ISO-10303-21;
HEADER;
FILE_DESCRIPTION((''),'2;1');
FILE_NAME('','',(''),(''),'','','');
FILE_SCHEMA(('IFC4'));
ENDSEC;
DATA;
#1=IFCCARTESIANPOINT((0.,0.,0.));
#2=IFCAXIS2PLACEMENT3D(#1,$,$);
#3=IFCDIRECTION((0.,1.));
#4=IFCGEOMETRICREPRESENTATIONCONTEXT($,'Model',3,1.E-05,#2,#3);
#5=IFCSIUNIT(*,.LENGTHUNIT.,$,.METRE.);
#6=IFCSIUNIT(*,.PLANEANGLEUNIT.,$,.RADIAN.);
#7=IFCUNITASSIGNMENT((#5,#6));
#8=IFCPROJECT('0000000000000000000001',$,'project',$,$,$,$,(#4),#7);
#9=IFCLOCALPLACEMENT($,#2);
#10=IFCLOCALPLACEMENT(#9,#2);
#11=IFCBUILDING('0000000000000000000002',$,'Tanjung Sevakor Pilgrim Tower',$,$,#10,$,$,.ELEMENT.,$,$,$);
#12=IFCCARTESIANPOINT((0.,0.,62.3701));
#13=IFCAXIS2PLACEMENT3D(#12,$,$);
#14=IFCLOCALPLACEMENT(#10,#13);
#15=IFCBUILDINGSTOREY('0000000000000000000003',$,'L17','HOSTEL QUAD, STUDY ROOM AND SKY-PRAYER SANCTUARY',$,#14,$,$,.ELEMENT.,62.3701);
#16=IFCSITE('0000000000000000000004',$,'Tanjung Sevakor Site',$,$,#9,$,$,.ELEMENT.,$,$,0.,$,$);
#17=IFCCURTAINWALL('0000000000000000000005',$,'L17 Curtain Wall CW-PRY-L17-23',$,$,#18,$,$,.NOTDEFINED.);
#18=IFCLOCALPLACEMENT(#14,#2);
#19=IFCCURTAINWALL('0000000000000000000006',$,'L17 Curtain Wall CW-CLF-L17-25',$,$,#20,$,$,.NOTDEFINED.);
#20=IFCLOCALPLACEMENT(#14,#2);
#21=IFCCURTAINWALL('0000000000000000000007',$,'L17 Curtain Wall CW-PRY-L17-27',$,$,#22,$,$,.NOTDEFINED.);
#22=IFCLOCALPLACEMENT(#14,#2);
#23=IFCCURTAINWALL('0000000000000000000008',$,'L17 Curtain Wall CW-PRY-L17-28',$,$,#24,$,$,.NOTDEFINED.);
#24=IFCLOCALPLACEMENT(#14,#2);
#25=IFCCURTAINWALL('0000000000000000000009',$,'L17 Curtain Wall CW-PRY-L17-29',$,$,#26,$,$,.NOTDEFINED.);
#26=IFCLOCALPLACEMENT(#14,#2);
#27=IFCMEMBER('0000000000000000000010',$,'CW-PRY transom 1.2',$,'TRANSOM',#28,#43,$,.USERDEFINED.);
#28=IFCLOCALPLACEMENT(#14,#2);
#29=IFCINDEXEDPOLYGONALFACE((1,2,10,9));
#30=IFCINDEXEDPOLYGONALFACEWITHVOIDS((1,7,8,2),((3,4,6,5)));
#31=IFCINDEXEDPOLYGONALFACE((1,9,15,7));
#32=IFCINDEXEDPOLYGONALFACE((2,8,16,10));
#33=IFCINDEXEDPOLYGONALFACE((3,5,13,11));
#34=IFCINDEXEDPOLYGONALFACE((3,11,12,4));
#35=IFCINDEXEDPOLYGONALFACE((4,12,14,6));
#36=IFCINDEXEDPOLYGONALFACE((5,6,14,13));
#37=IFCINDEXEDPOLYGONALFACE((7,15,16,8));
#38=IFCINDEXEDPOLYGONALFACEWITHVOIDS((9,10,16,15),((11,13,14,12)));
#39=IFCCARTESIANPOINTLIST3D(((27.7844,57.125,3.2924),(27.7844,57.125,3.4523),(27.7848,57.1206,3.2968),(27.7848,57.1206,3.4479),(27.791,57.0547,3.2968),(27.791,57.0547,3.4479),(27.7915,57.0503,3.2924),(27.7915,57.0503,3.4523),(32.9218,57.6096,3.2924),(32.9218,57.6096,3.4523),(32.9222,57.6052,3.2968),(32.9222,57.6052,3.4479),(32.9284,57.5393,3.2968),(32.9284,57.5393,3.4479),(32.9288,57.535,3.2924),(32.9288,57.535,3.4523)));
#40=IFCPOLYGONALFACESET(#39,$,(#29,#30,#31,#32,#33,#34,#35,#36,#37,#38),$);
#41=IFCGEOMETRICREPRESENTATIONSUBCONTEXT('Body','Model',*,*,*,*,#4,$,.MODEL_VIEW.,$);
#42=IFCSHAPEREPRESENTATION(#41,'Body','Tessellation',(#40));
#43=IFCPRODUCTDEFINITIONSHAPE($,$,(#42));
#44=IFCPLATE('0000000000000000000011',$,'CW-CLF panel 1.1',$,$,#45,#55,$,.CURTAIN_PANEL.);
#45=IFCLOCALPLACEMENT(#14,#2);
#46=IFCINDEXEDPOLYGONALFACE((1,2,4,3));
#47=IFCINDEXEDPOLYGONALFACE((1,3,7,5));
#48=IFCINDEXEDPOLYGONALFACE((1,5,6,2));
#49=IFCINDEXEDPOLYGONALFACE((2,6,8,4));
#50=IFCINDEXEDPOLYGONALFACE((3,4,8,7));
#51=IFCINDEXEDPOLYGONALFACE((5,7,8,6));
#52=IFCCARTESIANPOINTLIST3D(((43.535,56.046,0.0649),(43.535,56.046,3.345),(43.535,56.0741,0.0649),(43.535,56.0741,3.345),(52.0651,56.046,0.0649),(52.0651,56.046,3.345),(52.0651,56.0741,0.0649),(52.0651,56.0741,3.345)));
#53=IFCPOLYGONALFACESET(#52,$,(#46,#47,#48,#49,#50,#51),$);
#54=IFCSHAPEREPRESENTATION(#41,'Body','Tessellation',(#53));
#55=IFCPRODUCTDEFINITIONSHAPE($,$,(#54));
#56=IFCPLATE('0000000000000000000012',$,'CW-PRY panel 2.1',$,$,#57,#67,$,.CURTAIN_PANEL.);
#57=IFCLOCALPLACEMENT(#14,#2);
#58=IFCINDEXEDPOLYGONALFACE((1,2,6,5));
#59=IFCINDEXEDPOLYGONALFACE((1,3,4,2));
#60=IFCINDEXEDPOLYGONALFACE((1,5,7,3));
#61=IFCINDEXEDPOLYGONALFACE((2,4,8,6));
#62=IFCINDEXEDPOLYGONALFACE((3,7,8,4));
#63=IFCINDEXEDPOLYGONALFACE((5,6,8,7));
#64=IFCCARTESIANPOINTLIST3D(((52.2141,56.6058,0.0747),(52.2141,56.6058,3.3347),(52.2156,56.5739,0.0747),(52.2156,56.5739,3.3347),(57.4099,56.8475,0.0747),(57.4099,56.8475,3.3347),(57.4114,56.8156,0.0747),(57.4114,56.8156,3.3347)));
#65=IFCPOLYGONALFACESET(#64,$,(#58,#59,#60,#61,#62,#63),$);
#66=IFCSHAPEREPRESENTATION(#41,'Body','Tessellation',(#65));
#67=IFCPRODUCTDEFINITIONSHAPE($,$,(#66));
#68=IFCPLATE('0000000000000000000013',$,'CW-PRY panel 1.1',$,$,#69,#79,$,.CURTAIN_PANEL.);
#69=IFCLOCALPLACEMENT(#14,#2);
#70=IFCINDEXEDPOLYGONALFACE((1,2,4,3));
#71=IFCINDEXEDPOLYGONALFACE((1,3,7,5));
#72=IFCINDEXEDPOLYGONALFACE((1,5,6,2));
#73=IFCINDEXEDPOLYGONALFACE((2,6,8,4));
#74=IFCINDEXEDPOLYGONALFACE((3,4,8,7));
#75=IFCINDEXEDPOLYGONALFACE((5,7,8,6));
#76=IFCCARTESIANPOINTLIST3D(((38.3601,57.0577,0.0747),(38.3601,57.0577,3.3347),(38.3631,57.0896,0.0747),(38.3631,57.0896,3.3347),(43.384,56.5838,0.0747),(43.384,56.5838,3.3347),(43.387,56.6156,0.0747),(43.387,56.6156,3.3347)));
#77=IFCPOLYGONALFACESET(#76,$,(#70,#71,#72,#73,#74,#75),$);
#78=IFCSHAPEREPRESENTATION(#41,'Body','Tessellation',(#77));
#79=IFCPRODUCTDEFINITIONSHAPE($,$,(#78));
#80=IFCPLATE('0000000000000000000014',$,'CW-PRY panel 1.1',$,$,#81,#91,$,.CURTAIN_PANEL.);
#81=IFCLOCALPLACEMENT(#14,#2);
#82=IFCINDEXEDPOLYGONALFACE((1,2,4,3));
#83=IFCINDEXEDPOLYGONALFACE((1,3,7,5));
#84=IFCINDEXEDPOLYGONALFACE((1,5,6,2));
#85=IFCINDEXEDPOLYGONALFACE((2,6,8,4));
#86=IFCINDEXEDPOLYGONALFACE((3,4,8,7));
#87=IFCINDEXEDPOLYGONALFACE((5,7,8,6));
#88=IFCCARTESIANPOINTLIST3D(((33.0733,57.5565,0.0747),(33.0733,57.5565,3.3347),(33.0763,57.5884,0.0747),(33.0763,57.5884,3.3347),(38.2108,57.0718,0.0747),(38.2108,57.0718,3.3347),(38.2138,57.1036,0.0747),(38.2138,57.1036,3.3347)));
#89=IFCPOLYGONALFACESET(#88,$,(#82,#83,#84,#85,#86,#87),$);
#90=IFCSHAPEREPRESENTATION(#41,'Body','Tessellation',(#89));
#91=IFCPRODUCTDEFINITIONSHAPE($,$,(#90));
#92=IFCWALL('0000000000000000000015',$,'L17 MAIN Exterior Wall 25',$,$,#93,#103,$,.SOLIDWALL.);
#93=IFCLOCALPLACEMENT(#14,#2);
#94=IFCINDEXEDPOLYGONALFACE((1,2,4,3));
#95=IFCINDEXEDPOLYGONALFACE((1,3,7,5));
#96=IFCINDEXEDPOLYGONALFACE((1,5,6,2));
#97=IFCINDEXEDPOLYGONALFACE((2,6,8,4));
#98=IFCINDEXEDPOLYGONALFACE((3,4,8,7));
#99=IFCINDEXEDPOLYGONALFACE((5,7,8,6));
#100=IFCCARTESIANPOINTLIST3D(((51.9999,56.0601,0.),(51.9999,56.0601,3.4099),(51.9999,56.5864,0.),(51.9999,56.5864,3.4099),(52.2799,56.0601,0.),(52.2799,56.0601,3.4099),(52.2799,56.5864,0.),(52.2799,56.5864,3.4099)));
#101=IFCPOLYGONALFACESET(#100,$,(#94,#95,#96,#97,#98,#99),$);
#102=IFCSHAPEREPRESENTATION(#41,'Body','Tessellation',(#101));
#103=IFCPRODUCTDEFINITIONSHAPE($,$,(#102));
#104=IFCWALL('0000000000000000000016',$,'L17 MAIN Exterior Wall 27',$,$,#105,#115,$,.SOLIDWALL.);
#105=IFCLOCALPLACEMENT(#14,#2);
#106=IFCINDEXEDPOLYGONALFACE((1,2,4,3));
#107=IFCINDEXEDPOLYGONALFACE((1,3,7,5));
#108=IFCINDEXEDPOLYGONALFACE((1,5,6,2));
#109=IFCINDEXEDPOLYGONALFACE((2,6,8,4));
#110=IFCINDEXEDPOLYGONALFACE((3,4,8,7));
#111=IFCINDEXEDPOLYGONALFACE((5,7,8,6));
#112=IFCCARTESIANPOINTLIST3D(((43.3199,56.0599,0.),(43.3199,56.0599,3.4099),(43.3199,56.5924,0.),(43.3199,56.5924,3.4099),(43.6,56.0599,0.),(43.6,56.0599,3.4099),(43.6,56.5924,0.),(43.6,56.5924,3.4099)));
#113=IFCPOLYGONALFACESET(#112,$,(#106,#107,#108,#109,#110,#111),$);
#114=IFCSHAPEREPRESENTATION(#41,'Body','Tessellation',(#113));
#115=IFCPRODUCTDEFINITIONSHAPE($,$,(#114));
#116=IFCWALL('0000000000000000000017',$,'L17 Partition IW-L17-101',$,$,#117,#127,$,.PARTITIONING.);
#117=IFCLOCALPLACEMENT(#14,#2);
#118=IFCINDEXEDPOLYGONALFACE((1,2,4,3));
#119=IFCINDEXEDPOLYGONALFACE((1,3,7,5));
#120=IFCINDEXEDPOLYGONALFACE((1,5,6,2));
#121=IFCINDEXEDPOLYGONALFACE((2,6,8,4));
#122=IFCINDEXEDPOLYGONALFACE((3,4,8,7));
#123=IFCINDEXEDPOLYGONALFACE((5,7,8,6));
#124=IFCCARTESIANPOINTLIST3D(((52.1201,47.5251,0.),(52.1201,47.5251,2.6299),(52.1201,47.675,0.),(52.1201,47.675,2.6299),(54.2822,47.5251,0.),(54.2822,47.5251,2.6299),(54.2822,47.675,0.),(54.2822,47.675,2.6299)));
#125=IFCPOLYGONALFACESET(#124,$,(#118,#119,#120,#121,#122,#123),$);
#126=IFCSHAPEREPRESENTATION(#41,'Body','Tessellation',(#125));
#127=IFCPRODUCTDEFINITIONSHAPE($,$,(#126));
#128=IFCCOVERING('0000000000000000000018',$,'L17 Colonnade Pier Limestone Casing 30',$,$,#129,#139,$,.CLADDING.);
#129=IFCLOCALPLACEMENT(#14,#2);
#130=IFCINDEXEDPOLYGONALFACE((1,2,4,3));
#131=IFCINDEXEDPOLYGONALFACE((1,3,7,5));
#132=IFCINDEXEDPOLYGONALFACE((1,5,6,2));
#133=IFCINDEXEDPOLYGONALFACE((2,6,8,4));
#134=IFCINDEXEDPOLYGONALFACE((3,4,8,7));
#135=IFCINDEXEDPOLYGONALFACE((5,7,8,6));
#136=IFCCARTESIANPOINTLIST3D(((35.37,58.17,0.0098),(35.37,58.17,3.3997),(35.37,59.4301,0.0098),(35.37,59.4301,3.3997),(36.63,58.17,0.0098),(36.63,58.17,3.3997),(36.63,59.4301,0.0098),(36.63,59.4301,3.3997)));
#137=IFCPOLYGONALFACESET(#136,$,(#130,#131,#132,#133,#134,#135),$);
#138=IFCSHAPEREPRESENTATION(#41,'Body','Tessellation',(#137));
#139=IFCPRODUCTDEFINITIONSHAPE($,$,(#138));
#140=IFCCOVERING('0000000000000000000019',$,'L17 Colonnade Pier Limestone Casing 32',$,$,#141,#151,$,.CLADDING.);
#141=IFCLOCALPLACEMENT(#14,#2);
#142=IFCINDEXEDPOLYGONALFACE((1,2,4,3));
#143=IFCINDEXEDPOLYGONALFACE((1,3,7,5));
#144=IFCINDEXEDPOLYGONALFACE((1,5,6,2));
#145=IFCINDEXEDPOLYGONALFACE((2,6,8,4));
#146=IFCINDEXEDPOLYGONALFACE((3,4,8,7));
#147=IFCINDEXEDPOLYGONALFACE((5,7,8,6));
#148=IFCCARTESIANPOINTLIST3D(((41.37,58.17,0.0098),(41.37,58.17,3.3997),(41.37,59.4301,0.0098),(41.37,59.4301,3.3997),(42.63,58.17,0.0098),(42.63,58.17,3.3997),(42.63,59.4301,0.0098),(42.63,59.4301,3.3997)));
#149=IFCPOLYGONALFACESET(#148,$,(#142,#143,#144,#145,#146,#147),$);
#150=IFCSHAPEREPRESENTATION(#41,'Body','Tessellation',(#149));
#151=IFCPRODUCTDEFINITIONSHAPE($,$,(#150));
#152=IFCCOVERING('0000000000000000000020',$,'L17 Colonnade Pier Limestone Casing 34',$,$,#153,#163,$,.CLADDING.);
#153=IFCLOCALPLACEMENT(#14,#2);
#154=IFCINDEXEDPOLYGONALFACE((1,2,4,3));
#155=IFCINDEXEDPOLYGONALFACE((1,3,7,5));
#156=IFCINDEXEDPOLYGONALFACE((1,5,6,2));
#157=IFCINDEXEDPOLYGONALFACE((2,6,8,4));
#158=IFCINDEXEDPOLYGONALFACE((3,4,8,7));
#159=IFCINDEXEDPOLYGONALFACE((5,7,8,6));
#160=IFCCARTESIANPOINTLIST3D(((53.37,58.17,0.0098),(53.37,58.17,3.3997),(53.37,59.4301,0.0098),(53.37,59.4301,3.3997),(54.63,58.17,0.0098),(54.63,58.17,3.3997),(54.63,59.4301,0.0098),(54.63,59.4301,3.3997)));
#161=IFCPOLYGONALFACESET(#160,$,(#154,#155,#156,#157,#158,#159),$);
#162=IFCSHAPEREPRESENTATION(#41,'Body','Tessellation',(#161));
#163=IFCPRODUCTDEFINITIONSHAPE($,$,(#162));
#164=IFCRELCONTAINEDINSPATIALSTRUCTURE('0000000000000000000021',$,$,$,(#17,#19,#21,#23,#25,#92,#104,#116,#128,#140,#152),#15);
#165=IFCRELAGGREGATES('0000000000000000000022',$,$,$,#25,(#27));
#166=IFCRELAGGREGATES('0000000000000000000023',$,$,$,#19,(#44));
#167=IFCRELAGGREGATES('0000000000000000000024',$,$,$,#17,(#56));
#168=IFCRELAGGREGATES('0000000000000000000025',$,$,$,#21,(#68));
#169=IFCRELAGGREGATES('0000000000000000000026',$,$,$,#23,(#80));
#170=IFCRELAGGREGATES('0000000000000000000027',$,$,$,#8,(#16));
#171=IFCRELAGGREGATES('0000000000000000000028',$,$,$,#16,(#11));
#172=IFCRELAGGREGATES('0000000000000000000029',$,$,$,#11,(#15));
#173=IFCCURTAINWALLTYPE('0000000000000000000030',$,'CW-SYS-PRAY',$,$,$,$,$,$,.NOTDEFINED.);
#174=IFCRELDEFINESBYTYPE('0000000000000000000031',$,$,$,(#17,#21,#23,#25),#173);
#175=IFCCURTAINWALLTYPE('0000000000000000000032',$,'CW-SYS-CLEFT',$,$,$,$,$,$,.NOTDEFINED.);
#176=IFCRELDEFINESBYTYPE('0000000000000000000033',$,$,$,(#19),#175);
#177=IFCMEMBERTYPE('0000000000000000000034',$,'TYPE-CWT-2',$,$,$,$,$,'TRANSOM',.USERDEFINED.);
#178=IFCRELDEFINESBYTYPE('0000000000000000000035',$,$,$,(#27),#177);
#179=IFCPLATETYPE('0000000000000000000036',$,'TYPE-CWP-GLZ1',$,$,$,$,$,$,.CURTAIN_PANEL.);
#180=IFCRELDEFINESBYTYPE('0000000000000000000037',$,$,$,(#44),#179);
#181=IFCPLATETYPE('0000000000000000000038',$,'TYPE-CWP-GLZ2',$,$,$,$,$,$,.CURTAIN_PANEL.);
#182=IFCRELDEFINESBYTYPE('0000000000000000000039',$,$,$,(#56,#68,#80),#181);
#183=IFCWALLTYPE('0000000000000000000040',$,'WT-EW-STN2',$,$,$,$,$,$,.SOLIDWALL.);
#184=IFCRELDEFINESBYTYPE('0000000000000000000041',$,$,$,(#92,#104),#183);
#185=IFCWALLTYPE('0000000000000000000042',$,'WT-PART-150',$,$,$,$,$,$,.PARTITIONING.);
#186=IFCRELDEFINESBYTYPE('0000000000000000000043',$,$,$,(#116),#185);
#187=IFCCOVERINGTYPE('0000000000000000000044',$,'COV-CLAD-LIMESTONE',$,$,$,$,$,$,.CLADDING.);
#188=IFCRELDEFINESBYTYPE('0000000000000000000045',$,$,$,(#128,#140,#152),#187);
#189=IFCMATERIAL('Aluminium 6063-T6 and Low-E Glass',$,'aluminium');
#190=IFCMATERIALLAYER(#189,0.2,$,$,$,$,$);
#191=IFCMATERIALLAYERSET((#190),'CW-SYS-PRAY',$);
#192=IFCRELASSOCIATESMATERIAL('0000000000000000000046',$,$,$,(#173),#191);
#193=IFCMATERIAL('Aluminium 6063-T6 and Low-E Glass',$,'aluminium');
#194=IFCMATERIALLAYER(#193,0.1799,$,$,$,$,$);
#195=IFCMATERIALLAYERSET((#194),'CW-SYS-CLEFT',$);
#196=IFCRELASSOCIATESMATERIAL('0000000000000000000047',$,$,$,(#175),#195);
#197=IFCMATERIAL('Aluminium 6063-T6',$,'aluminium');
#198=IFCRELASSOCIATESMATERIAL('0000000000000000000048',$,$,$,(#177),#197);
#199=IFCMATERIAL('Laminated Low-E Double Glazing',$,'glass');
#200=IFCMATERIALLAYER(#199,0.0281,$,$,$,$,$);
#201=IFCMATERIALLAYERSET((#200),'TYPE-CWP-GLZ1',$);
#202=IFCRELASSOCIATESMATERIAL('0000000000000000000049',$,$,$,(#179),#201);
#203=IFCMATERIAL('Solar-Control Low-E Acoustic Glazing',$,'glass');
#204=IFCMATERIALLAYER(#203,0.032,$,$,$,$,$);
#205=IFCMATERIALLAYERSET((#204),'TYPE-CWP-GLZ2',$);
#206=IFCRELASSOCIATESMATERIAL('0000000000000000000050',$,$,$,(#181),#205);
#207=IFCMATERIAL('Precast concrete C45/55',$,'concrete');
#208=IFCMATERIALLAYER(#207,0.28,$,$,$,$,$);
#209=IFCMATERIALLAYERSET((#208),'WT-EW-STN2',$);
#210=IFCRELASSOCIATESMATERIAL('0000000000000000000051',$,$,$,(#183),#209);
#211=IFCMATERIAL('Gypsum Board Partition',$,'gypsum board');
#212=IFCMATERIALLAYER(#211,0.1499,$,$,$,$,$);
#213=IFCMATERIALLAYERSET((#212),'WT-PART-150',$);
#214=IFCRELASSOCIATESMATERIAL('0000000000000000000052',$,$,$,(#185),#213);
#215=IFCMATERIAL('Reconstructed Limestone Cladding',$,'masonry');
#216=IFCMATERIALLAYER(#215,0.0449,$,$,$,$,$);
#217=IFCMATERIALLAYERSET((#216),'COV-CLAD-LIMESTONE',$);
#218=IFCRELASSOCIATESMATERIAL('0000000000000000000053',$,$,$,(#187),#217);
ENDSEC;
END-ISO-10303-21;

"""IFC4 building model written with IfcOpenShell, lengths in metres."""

from ifc_helpers import new_model, si_unit, direction, frame, frame_2d, origin, origin_2d, place, context, subcontext, project, spatial, rectangle, hollow_rectangle, extrude, material, layer, layer_set, material_profile, profile_set, type_object, element, aggregate, save


model = new_model("IFC4")

# Units and contexts
model_context = context("Model", 3, precision=1e-05, world=origin(), true_north=direction((0.0, 1.0)))
body_context = subcontext(model_context, "Body", "Model", "MODEL_VIEW")
ifc_project = project(units=[si_unit("LENGTHUNIT", "METRE"), si_unit("PLANEANGLEUNIT", "RADIAN")], contexts=[model_context])

# Site, building, storey
site_placement = place(None, origin())
site = spatial("IfcSite", under=ifc_project, at=site_placement, Name="Tanjung Sevakor Site", CompositionType="ELEMENT", RefElevation=0.0)
building_placement = place(site_placement, origin())
building = spatial("IfcBuilding", under=site, at=building_placement, Name="Tanjung Sevakor Pilgrim Tower", CompositionType="ELEMENT")
storey_placement = place(building_placement, frame((0.0, 0.0, 62.3701)))
storey = spatial("IfcBuildingStorey", under=building, at=storey_placement, Name="L17", Description="HOSTEL QUAD, STUDY ROOM AND SKY-PRAYER SANCTUARY", CompositionType="ELEMENT", Elevation=62.3701)

# Curtain walls
ifc_material_1 = material(Name="Aluminium 6063-T6 and Low-E Glass", Category="aluminium")
ifc_layer_1 = layer(ifc_material_1, 0.2)
ifc_layer_set_1 = layer_set([ifc_layer_1], Name="CW-SYS-PRAY")
curtain_wall_type_1 = type_object("IfcCurtainWallType", Name="CW-SYS-PRAY", PredefinedType="NOTDEFINED", material=ifc_layer_set_1)
curtain_wall_1_placement = place(storey_placement, origin())
curtain_wall_1 = element("IfcCurtainWall", 1, at=curtain_wall_1_placement, inside=storey, type_object=curtain_wall_type_1, Name="L17 Curtain Wall CW-PRY-L17-23", PredefinedType="NOTDEFINED")
ifc_material_2 = material(Name="Aluminium 6063-T6 and Low-E Glass", Category="aluminium")
ifc_layer_2 = layer(ifc_material_2, 0.1799)
ifc_layer_set_2 = layer_set([ifc_layer_2], Name="CW-SYS-CLEFT")
curtain_wall_type_2 = type_object("IfcCurtainWallType", Name="CW-SYS-CLEFT", PredefinedType="NOTDEFINED", material=ifc_layer_set_2)
curtain_wall_2_placement = place(storey_placement, origin())
curtain_wall_2 = element("IfcCurtainWall", 2, at=curtain_wall_2_placement, inside=storey, type_object=curtain_wall_type_2, Name="L17 Curtain Wall CW-CLF-L17-25", PredefinedType="NOTDEFINED")
curtain_wall_3_placement = place(storey_placement, origin())
curtain_wall_3 = element("IfcCurtainWall", 3, at=curtain_wall_3_placement, inside=storey, type_object=curtain_wall_type_1, Name="L17 Curtain Wall CW-PRY-L17-27", PredefinedType="NOTDEFINED")
curtain_wall_4_placement = place(storey_placement, origin())
curtain_wall_4 = element("IfcCurtainWall", 4, at=curtain_wall_4_placement, inside=storey, type_object=curtain_wall_type_1, Name="L17 Curtain Wall CW-PRY-L17-28", PredefinedType="NOTDEFINED")

# Curtain wall
curtain_wall_5_placement = place(storey_placement, origin())
curtain_wall_5 = element("IfcCurtainWall", 5, at=curtain_wall_5_placement, inside=storey, type_object=curtain_wall_type_1, Name="L17 Curtain Wall CW-PRY-L17-29", PredefinedType="NOTDEFINED")

# Member
ifc_material_3 = material(Name="Aluminium 6063-T6", Category="aluminium")
ifc_material_profile_1 = material_profile(ifc_material_3, hollow_rectangle(XDim=0.075, YDim=0.1599, WallThickness=0.0044, at=origin_2d()))
ifc_profile_set_1 = profile_set([ifc_material_profile_1], Name="Aluminium 6063-T6")
member_type_1 = type_object("IfcMemberType", Name="TYPE-CWT-2", ElementType="TRANSOM", PredefinedType="USERDEFINED", material=ifc_profile_set_1)
member_1_placement = place(storey_placement, frame((32.9253, 57.5723, 3.3723), z_axis=(-0.99558, -0.093914, 0.0), x_axis=(0.093914, -0.99558, 0.0)))
member_1 = element("IfcMember", 6, at=member_1_placement, type_object=member_type_1, Name="CW-PRY transom 1.2", ObjectType="TRANSOM", PredefinedType="USERDEFINED", context=body_context, shape_type="SweptSolid", body=[
    extrude(hollow_rectangle(XDim=0.075, YDim=0.1599, WallThickness=0.0044, at=origin_2d()), origin(), (0.0, 0.0, 1.0), 5.1602),
])
aggregate(curtain_wall_5, [member_1])

# Plates
ifc_material_4 = material(Name="Laminated Low-E Double Glazing", Category="glass")
ifc_layer_3 = layer(ifc_material_4, 0.0281)
ifc_layer_set_3 = layer_set([ifc_layer_3], Name="TYPE-CWP-GLZ1")
plate_type_1 = type_object("IfcPlateType", Name="TYPE-CWP-GLZ1", PredefinedType="CURTAIN_PANEL", material=ifc_layer_set_3)
plate_1_placement = place(storey_placement, frame((47.8, 56.0601, 0.0649), z_axis=(0.0, 0.0, 1.0), x_axis=(-1.0, 0.0, 0.0)))
plate_1 = element("IfcPlate", 7, at=plate_1_placement, type_object=plate_type_1, Name="CW-CLF panel 1.1", PredefinedType="CURTAIN_PANEL", context=body_context, shape_type="SweptSolid", body=[
    extrude(rectangle(XDim=8.53, YDim=0.0281, at=origin_2d()), origin(), (0.0, 0.0, 1.0), 3.28),
])
aggregate(curtain_wall_2, [plate_1])
ifc_material_5 = material(Name="Solar-Control Low-E Acoustic Glazing", Category="glass")
ifc_layer_4 = layer(ifc_material_5, 0.032)
ifc_layer_set_4 = layer_set([ifc_layer_4], Name="TYPE-CWP-GLZ2")
plate_type_2 = type_object("IfcPlateType", Name="TYPE-CWP-GLZ2", PredefinedType="CURTAIN_PANEL", material=ifc_layer_set_4)
plate_2_placement = place(storey_placement, frame((54.8127, 56.7107, 0.0747), z_axis=(0.0, 0.0, 1.0), x_axis=(-0.99892, -0.046462, 0.0)))
plate_2 = element("IfcPlate", 8, at=plate_2_placement, type_object=plate_type_2, Name="CW-PRY panel 2.1", PredefinedType="CURTAIN_PANEL", context=body_context, shape_type="SweptSolid", body=[
    extrude(rectangle(XDim=5.2014, YDim=0.032, at=origin_2d()), origin(), (0.0, 0.0, 1.0), 3.26),
])
aggregate(curtain_wall_1, [plate_2])
plate_3_placement = place(storey_placement, frame((40.8735, 56.8367, 0.0747), z_axis=(0.0, 0.0, 1.0), x_axis=(-0.99558, 0.093917, 0.0)))
plate_3 = element("IfcPlate", 9, at=plate_3_placement, type_object=plate_type_2, Name="CW-PRY panel 1.1", PredefinedType="CURTAIN_PANEL", context=body_context, shape_type="SweptSolid", body=[
    extrude(rectangle(XDim=5.0461, YDim=0.032, at=origin_2d()), origin(), (0.0, 0.0, 1.0), 3.26),
])
aggregate(curtain_wall_3, [plate_3])
plate_4_placement = place(storey_placement, frame((35.6436, 57.3301, 0.0747), z_axis=(0.0, 0.0, 1.0), x_axis=(-0.995579, 0.093929, 0.0)))
plate_4 = element("IfcPlate", 10, at=plate_4_placement, type_object=plate_type_2, Name="CW-PRY panel 1.1", PredefinedType="CURTAIN_PANEL", context=body_context, shape_type="SweptSolid", body=[
    extrude(rectangle(XDim=5.1604, YDim=0.032, at=origin_2d()), origin(), (0.0, 0.0, 1.0), 3.26),
])
aggregate(curtain_wall_4, [plate_4])

# Walls
ifc_material_6 = material(Name="Precast concrete C45/55", Category="concrete")
ifc_layer_5 = layer(ifc_material_6, 0.28)
ifc_layer_set_5 = layer_set([ifc_layer_5], Name="WT-EW-STN2")
wall_type_1 = type_object("IfcWallType", Name="WT-EW-STN2", PredefinedType="SOLIDWALL", material=ifc_layer_set_5)
wall_1_placement = place(storey_placement, frame((52.1399, 56.5864, 0.0), z_axis=(0.0, 0.0, 1.0), x_axis=(0.0, -1.0, 0.0)))
element("IfcWall", 11, at=wall_1_placement, inside=storey, type_object=wall_type_1, Name="L17 MAIN Exterior Wall 25", PredefinedType="SOLIDWALL", context=body_context, shape_type="SweptSolid", body=[
    extrude(rectangle(XDim=0.5264, YDim=0.28, at=frame_2d((0.2632, 0.0))), origin(), (0.0, 0.0, 1.0), 3.4099),
])
wall_2_placement = place(storey_placement, frame((43.46, 56.0601, 0.0), z_axis=(0.0, 0.0, 1.0), x_axis=(0.0, 1.0, 0.0)))
element("IfcWall", 12, at=wall_2_placement, inside=storey, type_object=wall_type_1, Name="L17 MAIN Exterior Wall 27", PredefinedType="SOLIDWALL", context=body_context, shape_type="SweptSolid", body=[
    extrude(rectangle(XDim=0.5325, YDim=0.28, at=frame_2d((0.2661, 0.0))), origin(), (0.0, 0.0, 1.0), 3.4099),
])
ifc_material_7 = material(Name="Gypsum Board Partition", Category="gypsum board")
ifc_layer_6 = layer(ifc_material_7, 0.1499)
ifc_layer_set_6 = layer_set([ifc_layer_6], Name="WT-PART-150")
wall_type_2 = type_object("IfcWallType", Name="WT-PART-150", PredefinedType="PARTITIONING", material=ifc_layer_set_6)
wall_3_placement = place(storey_placement, frame((52.1201, 47.6001, 0.0), z_axis=(0.0, 0.0, 1.0), x_axis=(1.0, 0.0, 0.0)))
element("IfcWall", 13, at=wall_3_placement, inside=storey, type_object=wall_type_2, Name="L17 Partition IW-L17-101", PredefinedType="PARTITIONING", context=body_context, shape_type="SweptSolid", body=[
    extrude(rectangle(XDim=2.1621, YDim=0.1499, at=frame_2d((1.0811, 0.0))), origin(), (0.0, 0.0, 1.0), 2.6299),
])

# Coverings
ifc_material_8 = material(Name="Reconstructed Limestone Cladding", Category="masonry")
ifc_layer_7 = layer(ifc_material_8, 0.0449)
ifc_layer_set_7 = layer_set([ifc_layer_7], Name="COV-CLAD-LIMESTONE")
covering_type = type_object("IfcCoveringType", Name="COV-CLAD-LIMESTONE", PredefinedType="CLADDING", material=ifc_layer_set_7)
for number, where, z_axis, x_axis, name in (
    (14, (36.0, 58.8, 0.0098), (0.0, 0.0, 1.0), (1.0, 0.0, 0.0), "L17 Colonnade Pier Limestone Casing 30"),
    (15, (42.0, 58.8, 0.0098), (0.0, 0.0, 1.0), (1.0, 0.0, 0.0), "L17 Colonnade Pier Limestone Casing 32"),
    (16, (54.0, 58.8, 0.0098), (0.0, 0.0, 1.0), (1.0, 0.0, 0.0), "L17 Colonnade Pier Limestone Casing 34"),
):
    element("IfcCovering", number, at=place(storey_placement, frame(where, z_axis=z_axis, x_axis=x_axis)), inside=storey, type_object=covering_type, Name=name, PredefinedType="CLADDING", context=body_context, shape_type="SweptSolid", body=[
        extrude(rectangle(XDim=1.26, YDim=1.26, at=origin_2d()), origin(), (0.0, 0.0, 1.0), 3.3899),
    ])

save(model, "model.ifc")
